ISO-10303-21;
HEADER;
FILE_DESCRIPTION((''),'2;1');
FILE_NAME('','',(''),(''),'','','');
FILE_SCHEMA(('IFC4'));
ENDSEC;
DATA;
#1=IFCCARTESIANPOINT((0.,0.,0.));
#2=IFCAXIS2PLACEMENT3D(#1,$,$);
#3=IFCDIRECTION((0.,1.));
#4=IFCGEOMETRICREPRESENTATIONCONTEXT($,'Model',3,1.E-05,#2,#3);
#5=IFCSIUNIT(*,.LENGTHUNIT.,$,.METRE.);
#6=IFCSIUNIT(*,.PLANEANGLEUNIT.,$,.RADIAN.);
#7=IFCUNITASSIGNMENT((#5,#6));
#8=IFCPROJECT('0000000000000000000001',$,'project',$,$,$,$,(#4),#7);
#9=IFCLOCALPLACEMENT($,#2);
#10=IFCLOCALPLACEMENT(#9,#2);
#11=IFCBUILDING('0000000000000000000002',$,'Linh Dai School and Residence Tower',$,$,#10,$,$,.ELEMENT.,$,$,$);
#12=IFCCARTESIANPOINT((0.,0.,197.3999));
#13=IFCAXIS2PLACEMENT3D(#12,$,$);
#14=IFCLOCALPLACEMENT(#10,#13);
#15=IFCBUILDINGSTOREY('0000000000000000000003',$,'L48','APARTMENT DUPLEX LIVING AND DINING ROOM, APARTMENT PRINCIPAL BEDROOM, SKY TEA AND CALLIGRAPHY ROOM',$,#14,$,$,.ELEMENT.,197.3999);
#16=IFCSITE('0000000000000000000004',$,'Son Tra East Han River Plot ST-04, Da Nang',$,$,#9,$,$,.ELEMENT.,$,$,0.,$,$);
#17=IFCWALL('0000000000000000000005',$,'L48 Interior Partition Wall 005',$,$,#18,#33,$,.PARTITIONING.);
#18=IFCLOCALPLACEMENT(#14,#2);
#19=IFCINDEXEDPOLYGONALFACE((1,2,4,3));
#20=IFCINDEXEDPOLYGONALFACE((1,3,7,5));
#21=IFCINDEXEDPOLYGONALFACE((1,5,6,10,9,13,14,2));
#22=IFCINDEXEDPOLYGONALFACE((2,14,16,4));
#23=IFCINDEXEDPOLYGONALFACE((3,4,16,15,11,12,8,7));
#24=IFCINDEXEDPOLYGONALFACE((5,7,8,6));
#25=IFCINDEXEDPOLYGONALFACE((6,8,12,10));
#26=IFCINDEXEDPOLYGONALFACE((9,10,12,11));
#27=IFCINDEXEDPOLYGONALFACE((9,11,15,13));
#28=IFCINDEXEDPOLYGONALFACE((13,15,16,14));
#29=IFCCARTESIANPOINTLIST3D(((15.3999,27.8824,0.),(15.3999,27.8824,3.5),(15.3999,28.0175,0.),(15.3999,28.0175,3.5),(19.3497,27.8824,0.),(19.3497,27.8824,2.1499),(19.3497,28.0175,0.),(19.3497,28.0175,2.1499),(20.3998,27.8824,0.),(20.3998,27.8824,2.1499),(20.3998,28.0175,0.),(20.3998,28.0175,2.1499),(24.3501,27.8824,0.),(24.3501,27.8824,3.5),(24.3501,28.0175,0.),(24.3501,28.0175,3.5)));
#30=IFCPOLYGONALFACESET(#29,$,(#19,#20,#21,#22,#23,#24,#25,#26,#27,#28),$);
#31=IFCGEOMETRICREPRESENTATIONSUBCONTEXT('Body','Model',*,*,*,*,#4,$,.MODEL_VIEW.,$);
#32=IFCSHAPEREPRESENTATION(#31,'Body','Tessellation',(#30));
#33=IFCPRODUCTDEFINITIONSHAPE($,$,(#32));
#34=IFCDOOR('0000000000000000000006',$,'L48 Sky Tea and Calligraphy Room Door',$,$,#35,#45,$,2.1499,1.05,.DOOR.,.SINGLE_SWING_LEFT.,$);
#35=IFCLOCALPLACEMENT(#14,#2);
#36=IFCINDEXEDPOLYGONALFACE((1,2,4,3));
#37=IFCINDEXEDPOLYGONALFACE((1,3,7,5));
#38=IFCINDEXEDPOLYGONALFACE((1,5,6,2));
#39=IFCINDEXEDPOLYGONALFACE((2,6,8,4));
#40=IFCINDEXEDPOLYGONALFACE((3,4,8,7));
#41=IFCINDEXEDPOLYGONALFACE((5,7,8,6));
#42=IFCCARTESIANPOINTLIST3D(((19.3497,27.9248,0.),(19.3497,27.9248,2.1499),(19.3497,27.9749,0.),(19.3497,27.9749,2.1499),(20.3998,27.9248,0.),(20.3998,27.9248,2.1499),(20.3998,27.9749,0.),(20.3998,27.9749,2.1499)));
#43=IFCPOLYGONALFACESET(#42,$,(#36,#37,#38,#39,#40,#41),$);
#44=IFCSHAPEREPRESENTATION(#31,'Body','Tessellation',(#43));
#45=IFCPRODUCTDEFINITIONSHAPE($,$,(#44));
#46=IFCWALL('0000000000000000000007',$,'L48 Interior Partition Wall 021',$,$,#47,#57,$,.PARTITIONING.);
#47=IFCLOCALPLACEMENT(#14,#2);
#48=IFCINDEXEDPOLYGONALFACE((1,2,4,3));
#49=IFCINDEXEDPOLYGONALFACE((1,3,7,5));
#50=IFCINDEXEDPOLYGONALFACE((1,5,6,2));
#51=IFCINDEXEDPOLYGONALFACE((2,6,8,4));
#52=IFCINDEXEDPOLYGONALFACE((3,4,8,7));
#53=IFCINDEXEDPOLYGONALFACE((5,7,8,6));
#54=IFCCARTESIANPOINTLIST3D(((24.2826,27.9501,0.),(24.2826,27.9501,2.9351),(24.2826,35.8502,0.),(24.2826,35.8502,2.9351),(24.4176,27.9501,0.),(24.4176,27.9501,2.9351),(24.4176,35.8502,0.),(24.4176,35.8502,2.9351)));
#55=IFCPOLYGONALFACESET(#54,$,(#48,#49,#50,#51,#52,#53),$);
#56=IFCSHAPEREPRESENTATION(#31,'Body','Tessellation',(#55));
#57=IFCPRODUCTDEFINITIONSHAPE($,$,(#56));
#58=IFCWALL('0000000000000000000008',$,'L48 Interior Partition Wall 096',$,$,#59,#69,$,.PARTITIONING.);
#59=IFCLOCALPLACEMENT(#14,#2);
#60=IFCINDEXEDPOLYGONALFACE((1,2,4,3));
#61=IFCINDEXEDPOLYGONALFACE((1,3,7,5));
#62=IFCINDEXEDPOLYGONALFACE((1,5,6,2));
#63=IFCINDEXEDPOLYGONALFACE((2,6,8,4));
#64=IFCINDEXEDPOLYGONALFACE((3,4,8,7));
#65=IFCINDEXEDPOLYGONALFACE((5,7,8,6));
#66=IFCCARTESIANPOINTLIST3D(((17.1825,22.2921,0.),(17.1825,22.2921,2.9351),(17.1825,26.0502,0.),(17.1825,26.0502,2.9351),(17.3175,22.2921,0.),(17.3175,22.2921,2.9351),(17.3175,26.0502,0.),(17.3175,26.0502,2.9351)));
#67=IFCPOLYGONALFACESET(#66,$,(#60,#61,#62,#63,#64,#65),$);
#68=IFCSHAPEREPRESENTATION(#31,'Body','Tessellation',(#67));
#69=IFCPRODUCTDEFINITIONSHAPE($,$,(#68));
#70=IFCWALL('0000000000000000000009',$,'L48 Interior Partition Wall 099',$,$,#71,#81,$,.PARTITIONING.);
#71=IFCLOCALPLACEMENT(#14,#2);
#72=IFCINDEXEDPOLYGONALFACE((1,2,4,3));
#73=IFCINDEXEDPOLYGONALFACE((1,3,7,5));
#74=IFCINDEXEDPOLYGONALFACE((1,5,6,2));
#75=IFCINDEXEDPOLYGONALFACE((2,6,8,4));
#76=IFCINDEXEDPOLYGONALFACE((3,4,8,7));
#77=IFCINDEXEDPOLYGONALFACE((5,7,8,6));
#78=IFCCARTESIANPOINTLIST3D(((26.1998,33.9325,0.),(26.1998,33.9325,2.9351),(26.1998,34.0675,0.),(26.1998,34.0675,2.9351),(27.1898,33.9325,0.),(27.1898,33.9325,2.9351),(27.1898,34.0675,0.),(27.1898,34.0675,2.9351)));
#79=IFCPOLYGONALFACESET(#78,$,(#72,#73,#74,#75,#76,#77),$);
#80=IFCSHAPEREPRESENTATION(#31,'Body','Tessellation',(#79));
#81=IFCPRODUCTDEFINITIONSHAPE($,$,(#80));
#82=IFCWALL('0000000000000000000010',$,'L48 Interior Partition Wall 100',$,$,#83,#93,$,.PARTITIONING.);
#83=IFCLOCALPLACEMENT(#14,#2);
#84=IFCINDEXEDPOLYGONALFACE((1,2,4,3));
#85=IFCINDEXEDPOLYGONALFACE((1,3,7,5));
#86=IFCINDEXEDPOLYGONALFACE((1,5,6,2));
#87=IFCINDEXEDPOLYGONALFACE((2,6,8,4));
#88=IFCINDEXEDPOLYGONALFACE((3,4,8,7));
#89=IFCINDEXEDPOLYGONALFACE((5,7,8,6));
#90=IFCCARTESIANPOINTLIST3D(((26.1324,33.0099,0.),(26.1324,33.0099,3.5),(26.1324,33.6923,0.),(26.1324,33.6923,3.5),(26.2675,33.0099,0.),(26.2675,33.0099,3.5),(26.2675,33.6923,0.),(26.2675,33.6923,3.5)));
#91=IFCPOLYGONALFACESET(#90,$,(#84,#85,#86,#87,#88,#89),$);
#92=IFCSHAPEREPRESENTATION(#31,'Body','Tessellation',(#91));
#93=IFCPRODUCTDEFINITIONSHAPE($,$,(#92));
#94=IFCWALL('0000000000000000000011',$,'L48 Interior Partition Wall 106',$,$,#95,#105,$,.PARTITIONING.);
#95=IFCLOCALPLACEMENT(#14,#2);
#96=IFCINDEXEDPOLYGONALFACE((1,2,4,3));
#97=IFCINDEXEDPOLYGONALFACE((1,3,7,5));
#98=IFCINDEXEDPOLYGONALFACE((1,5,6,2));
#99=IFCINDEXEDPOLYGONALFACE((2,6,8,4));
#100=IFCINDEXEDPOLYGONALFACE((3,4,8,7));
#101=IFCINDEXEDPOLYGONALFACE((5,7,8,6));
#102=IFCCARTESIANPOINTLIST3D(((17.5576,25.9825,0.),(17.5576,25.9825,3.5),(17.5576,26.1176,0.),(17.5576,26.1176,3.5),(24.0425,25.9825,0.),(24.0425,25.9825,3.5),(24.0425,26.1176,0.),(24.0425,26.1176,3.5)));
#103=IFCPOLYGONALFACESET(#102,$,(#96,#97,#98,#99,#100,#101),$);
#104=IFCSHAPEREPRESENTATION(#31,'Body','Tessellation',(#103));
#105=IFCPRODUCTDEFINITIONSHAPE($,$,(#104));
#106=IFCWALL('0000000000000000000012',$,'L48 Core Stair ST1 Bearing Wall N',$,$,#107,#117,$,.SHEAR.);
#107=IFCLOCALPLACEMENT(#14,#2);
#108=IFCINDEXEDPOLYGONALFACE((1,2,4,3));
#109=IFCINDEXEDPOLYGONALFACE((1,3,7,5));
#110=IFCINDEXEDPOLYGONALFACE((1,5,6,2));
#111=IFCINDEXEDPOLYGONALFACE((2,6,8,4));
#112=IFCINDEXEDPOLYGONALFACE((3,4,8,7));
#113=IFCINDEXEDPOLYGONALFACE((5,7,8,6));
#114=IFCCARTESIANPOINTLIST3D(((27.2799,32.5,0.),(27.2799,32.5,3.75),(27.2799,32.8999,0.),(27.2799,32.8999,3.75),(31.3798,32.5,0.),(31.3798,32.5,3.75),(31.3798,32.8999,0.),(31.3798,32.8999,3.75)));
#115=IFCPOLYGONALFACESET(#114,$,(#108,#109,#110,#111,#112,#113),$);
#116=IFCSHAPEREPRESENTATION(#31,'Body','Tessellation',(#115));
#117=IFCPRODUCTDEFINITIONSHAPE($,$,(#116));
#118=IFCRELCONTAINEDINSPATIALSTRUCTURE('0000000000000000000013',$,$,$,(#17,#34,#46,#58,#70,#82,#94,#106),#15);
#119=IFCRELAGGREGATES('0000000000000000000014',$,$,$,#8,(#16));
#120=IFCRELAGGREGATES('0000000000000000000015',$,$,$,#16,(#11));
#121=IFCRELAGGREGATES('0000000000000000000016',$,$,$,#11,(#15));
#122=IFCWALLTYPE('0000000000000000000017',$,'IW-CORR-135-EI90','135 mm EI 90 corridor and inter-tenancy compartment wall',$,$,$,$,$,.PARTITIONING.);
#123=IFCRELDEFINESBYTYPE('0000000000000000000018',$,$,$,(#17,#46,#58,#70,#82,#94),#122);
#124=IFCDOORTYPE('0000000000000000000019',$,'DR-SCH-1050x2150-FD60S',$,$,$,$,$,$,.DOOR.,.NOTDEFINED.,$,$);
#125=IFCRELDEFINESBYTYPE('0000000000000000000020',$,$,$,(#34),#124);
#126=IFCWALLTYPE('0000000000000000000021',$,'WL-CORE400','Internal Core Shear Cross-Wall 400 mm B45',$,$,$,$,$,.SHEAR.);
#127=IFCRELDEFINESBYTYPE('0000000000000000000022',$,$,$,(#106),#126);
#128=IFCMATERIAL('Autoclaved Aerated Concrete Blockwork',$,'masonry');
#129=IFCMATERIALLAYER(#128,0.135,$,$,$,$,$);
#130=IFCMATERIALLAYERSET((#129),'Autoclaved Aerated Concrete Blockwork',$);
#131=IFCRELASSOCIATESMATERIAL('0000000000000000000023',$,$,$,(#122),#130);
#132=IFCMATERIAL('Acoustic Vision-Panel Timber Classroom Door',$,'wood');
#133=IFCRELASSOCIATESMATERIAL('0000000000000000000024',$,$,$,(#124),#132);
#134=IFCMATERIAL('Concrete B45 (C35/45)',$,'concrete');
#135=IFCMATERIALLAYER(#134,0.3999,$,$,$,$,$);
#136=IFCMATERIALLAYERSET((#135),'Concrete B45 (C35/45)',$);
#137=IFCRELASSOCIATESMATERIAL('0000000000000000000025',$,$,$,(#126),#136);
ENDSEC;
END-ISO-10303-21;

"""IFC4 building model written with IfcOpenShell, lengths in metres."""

from ifc_helpers import new_model, si_unit, direction, frame, frame_2d, origin, origin_2d, place, context, subcontext, project, spatial, rectangle, extrude, source, transform, mapped, material, layer, layer_set, type_object, element, fill, save


model = new_model("IFC4")

# Units and contexts
model_context = context("Model", 3, precision=1e-05, world=origin(), true_north=direction((0.0, 1.0)))
body_context = subcontext(model_context, "Body", "Model", "MODEL_VIEW")
ifc_project = project(units=[si_unit("LENGTHUNIT", "METRE"), si_unit("PLANEANGLEUNIT", "RADIAN")], contexts=[model_context])

# Site, building, storey
site_placement = place(None, origin())
site = spatial("IfcSite", under=ifc_project, at=site_placement, Name="Son Tra East Han River Plot ST-04, Da Nang", CompositionType="ELEMENT", RefElevation=0.0)
building_placement = place(site_placement, origin())
building = spatial("IfcBuilding", under=site, at=building_placement, Name="Linh Dai School and Residence Tower", CompositionType="ELEMENT")
storey_placement = place(building_placement, frame((0.0, 0.0, 197.3999)))
storey = spatial("IfcBuildingStorey", under=building, at=storey_placement, Name="L48", Description="APARTMENT DUPLEX LIVING AND DINING ROOM, APARTMENT PRINCIPAL BEDROOM, SKY TEA AND CALLIGRAPHY ROOM", CompositionType="ELEMENT", Elevation=197.3999)

# Wall, opening, door
ifc_material_1 = material(Name="Autoclaved Aerated Concrete Blockwork", Category="masonry")
ifc_layer_1 = layer(ifc_material_1, 0.135)
ifc_layer_set_1 = layer_set([ifc_layer_1], Name="Autoclaved Aerated Concrete Blockwork")
wall_type_1 = type_object("IfcWallType", Name="IW-CORR-135-EI90", Description="135 mm EI 90 corridor and inter-tenancy compartment wall", PredefinedType="PARTITIONING", material=ifc_layer_set_1)
wall_1_placement = place(storey_placement, frame((15.3999, 27.95, 0.0), z_axis=(0.0, 0.0, 1.0), x_axis=(1.0, 0.0, 0.0)))
wall_1 = element("IfcWall", 1, at=wall_1_placement, inside=storey, type_object=wall_type_1, Name="L48 Interior Partition Wall 005", PredefinedType="PARTITIONING", context=body_context, shape_type="SweptSolid", body=[
    extrude(rectangle(XDim=8.9502, YDim=0.135, at=frame_2d((4.4751, 0.0))), origin(), (0.0, 0.0, 1.0), 3.5),
])
opening_1_placement = place(wall_1_placement, frame((3.95, 0.0, 0.0)))
opening_1 = element("IfcOpeningElement", 2, at=opening_1_placement, cuts=wall_1, PredefinedType="OPENING", context=body_context, shape_type="SweptSolid", body=[
    extrude(rectangle(XDim=1.05, YDim=2.1499, at=origin_2d()), frame((0.5249, 0.0776, 1.075), z_axis=(0.0, -1.0, 0.0), x_axis=(1.0, 0.0, 0.0)), (0.0, 0.0, 1.0), 0.155),
])
ifc_material_2 = material(Name="Acoustic Vision-Panel Timber Classroom Door", Category="wood")
door_type_1 = type_object("IfcDoorType", Name="DR-SCH-1050x2150-FD60S", OperationType="NOTDEFINED", PredefinedType="DOOR", material=ifc_material_2)
shared_shape_1 = source(origin(), body_context, "Body", "SweptSolid", [
    extrude(rectangle(XDim=1.05, YDim=2.1499, at=origin_2d()), frame((0.5249, 0.0249, 1.075), z_axis=(0.0, -1.0, 0.0), x_axis=(1.0, 0.0, 0.0)), (0.0, 0.0, 1.0), 0.05),
])
door_1_placement = place(opening_1_placement, origin())
door_1 = element("IfcDoor", 3, at=door_1_placement, inside=storey, type_object=door_type_1, Name="L48 Sky Tea and Calligraphy Room Door", OperationType="SINGLE_SWING_LEFT", OverallHeight=2.1499, OverallWidth=1.05, PredefinedType="DOOR", context=body_context, shape_type="MappedRepresentation", body=[
    mapped(shared_shape_1, transform((0.0, 0.0, 0.0), x_axis=(1.0, 0.0, 0.0), y_axis=(0.0, 1.0, 0.0), z_axis=(0.0, 0.0, 1.0), scale=1.0)),
])
fill(opening_1, door_1)

# Walls
wall_2_placement = place(storey_placement, frame((24.3501, 27.95, 0.0), z_axis=(0.0, 0.0, 1.0), x_axis=(0.0, 1.0, 0.0)))
element("IfcWall", 4, at=wall_2_placement, inside=storey, type_object=wall_type_1, Name="L48 Interior Partition Wall 021", PredefinedType="PARTITIONING", context=body_context, shape_type="SweptSolid", body=[
    extrude(rectangle(XDim=7.9001, YDim=0.135, at=frame_2d((3.9502, 0.0))), origin(), (0.0, 0.0, 1.0), 2.9351),
])
wall_3_placement = place(storey_placement, frame((17.25, 26.05, 0.0), z_axis=(0.0, 0.0, 1.0), x_axis=(0.0, -1.0, 0.0)))
element("IfcWall", 5, at=wall_3_placement, inside=storey, type_object=wall_type_1, Name="L48 Interior Partition Wall 096", PredefinedType="PARTITIONING", context=body_context, shape_type="SweptSolid", body=[
    extrude(rectangle(XDim=3.7581, YDim=0.135, at=frame_2d((1.8789, 0.0))), origin(), (0.0, 0.0, 1.0), 2.9351),
])
wall_4_placement = place(storey_placement, frame((27.1899, 34.0, 0.0), z_axis=(0.0, 0.0, 1.0), x_axis=(-1.0, 0.0, 0.0)))
element("IfcWall", 6, at=wall_4_placement, inside=storey, type_object=wall_type_1, Name="L48 Interior Partition Wall 099", PredefinedType="PARTITIONING", context=body_context, shape_type="SweptSolid", body=[
    extrude(rectangle(XDim=0.99, YDim=0.135, at=frame_2d((0.4951, 0.0))), origin(), (0.0, 0.0, 1.0), 2.9351),
])
wall_5_placement = place(storey_placement, frame((26.2, 33.6924, 0.0), z_axis=(0.0, 0.0, 1.0), x_axis=(0.0, -1.0, 0.0)))
element("IfcWall", 7, at=wall_5_placement, inside=storey, type_object=wall_type_1, Name="L48 Interior Partition Wall 100", PredefinedType="PARTITIONING", context=body_context, shape_type="SweptSolid", body=[
    extrude(rectangle(XDim=0.6824, YDim=0.135, at=frame_2d((0.3413, 0.0))), origin(), (0.0, 0.0, 1.0), 3.5),
])
wall_6_placement = place(storey_placement, frame((24.0425, 26.05, 0.0), z_axis=(0.0, 0.0, 1.0), x_axis=(-1.0, 0.0, 0.0)))
element("IfcWall", 8, at=wall_6_placement, inside=storey, type_object=wall_type_1, Name="L48 Interior Partition Wall 106", PredefinedType="PARTITIONING", context=body_context, shape_type="SweptSolid", body=[
    extrude(rectangle(XDim=6.4849, YDim=0.135, at=frame_2d((3.2424, 0.0))), origin(), (0.0, 0.0, 1.0), 3.5),
])
ifc_material_3 = material(Name="Concrete B45 (C35/45)", Category="concrete")
ifc_layer_2 = layer(ifc_material_3, 0.3999)
ifc_layer_set_2 = layer_set([ifc_layer_2], Name="Concrete B45 (C35/45)")
wall_type_2 = type_object("IfcWallType", Name="WL-CORE400", Description="Internal Core Shear Cross-Wall 400 mm B45", PredefinedType="SHEAR", material=ifc_layer_set_2)
wall_7_placement = place(storey_placement, frame((27.28, 32.7, 0.0), z_axis=(0.0, 0.0, 1.0), x_axis=(1.0, 0.0, 0.0)))
element("IfcWall", 9, at=wall_7_placement, inside=storey, type_object=wall_type_2, Name="L48 Core Stair ST1 Bearing Wall N", PredefinedType="SHEAR", context=body_context, shape_type="SweptSolid", body=[
    extrude(rectangle(XDim=4.0999, YDim=0.3999, at=frame_2d((2.0498, 0.0))), origin(), (0.0, 0.0, 1.0), 3.75),
])

save(model, "model.ifc")
